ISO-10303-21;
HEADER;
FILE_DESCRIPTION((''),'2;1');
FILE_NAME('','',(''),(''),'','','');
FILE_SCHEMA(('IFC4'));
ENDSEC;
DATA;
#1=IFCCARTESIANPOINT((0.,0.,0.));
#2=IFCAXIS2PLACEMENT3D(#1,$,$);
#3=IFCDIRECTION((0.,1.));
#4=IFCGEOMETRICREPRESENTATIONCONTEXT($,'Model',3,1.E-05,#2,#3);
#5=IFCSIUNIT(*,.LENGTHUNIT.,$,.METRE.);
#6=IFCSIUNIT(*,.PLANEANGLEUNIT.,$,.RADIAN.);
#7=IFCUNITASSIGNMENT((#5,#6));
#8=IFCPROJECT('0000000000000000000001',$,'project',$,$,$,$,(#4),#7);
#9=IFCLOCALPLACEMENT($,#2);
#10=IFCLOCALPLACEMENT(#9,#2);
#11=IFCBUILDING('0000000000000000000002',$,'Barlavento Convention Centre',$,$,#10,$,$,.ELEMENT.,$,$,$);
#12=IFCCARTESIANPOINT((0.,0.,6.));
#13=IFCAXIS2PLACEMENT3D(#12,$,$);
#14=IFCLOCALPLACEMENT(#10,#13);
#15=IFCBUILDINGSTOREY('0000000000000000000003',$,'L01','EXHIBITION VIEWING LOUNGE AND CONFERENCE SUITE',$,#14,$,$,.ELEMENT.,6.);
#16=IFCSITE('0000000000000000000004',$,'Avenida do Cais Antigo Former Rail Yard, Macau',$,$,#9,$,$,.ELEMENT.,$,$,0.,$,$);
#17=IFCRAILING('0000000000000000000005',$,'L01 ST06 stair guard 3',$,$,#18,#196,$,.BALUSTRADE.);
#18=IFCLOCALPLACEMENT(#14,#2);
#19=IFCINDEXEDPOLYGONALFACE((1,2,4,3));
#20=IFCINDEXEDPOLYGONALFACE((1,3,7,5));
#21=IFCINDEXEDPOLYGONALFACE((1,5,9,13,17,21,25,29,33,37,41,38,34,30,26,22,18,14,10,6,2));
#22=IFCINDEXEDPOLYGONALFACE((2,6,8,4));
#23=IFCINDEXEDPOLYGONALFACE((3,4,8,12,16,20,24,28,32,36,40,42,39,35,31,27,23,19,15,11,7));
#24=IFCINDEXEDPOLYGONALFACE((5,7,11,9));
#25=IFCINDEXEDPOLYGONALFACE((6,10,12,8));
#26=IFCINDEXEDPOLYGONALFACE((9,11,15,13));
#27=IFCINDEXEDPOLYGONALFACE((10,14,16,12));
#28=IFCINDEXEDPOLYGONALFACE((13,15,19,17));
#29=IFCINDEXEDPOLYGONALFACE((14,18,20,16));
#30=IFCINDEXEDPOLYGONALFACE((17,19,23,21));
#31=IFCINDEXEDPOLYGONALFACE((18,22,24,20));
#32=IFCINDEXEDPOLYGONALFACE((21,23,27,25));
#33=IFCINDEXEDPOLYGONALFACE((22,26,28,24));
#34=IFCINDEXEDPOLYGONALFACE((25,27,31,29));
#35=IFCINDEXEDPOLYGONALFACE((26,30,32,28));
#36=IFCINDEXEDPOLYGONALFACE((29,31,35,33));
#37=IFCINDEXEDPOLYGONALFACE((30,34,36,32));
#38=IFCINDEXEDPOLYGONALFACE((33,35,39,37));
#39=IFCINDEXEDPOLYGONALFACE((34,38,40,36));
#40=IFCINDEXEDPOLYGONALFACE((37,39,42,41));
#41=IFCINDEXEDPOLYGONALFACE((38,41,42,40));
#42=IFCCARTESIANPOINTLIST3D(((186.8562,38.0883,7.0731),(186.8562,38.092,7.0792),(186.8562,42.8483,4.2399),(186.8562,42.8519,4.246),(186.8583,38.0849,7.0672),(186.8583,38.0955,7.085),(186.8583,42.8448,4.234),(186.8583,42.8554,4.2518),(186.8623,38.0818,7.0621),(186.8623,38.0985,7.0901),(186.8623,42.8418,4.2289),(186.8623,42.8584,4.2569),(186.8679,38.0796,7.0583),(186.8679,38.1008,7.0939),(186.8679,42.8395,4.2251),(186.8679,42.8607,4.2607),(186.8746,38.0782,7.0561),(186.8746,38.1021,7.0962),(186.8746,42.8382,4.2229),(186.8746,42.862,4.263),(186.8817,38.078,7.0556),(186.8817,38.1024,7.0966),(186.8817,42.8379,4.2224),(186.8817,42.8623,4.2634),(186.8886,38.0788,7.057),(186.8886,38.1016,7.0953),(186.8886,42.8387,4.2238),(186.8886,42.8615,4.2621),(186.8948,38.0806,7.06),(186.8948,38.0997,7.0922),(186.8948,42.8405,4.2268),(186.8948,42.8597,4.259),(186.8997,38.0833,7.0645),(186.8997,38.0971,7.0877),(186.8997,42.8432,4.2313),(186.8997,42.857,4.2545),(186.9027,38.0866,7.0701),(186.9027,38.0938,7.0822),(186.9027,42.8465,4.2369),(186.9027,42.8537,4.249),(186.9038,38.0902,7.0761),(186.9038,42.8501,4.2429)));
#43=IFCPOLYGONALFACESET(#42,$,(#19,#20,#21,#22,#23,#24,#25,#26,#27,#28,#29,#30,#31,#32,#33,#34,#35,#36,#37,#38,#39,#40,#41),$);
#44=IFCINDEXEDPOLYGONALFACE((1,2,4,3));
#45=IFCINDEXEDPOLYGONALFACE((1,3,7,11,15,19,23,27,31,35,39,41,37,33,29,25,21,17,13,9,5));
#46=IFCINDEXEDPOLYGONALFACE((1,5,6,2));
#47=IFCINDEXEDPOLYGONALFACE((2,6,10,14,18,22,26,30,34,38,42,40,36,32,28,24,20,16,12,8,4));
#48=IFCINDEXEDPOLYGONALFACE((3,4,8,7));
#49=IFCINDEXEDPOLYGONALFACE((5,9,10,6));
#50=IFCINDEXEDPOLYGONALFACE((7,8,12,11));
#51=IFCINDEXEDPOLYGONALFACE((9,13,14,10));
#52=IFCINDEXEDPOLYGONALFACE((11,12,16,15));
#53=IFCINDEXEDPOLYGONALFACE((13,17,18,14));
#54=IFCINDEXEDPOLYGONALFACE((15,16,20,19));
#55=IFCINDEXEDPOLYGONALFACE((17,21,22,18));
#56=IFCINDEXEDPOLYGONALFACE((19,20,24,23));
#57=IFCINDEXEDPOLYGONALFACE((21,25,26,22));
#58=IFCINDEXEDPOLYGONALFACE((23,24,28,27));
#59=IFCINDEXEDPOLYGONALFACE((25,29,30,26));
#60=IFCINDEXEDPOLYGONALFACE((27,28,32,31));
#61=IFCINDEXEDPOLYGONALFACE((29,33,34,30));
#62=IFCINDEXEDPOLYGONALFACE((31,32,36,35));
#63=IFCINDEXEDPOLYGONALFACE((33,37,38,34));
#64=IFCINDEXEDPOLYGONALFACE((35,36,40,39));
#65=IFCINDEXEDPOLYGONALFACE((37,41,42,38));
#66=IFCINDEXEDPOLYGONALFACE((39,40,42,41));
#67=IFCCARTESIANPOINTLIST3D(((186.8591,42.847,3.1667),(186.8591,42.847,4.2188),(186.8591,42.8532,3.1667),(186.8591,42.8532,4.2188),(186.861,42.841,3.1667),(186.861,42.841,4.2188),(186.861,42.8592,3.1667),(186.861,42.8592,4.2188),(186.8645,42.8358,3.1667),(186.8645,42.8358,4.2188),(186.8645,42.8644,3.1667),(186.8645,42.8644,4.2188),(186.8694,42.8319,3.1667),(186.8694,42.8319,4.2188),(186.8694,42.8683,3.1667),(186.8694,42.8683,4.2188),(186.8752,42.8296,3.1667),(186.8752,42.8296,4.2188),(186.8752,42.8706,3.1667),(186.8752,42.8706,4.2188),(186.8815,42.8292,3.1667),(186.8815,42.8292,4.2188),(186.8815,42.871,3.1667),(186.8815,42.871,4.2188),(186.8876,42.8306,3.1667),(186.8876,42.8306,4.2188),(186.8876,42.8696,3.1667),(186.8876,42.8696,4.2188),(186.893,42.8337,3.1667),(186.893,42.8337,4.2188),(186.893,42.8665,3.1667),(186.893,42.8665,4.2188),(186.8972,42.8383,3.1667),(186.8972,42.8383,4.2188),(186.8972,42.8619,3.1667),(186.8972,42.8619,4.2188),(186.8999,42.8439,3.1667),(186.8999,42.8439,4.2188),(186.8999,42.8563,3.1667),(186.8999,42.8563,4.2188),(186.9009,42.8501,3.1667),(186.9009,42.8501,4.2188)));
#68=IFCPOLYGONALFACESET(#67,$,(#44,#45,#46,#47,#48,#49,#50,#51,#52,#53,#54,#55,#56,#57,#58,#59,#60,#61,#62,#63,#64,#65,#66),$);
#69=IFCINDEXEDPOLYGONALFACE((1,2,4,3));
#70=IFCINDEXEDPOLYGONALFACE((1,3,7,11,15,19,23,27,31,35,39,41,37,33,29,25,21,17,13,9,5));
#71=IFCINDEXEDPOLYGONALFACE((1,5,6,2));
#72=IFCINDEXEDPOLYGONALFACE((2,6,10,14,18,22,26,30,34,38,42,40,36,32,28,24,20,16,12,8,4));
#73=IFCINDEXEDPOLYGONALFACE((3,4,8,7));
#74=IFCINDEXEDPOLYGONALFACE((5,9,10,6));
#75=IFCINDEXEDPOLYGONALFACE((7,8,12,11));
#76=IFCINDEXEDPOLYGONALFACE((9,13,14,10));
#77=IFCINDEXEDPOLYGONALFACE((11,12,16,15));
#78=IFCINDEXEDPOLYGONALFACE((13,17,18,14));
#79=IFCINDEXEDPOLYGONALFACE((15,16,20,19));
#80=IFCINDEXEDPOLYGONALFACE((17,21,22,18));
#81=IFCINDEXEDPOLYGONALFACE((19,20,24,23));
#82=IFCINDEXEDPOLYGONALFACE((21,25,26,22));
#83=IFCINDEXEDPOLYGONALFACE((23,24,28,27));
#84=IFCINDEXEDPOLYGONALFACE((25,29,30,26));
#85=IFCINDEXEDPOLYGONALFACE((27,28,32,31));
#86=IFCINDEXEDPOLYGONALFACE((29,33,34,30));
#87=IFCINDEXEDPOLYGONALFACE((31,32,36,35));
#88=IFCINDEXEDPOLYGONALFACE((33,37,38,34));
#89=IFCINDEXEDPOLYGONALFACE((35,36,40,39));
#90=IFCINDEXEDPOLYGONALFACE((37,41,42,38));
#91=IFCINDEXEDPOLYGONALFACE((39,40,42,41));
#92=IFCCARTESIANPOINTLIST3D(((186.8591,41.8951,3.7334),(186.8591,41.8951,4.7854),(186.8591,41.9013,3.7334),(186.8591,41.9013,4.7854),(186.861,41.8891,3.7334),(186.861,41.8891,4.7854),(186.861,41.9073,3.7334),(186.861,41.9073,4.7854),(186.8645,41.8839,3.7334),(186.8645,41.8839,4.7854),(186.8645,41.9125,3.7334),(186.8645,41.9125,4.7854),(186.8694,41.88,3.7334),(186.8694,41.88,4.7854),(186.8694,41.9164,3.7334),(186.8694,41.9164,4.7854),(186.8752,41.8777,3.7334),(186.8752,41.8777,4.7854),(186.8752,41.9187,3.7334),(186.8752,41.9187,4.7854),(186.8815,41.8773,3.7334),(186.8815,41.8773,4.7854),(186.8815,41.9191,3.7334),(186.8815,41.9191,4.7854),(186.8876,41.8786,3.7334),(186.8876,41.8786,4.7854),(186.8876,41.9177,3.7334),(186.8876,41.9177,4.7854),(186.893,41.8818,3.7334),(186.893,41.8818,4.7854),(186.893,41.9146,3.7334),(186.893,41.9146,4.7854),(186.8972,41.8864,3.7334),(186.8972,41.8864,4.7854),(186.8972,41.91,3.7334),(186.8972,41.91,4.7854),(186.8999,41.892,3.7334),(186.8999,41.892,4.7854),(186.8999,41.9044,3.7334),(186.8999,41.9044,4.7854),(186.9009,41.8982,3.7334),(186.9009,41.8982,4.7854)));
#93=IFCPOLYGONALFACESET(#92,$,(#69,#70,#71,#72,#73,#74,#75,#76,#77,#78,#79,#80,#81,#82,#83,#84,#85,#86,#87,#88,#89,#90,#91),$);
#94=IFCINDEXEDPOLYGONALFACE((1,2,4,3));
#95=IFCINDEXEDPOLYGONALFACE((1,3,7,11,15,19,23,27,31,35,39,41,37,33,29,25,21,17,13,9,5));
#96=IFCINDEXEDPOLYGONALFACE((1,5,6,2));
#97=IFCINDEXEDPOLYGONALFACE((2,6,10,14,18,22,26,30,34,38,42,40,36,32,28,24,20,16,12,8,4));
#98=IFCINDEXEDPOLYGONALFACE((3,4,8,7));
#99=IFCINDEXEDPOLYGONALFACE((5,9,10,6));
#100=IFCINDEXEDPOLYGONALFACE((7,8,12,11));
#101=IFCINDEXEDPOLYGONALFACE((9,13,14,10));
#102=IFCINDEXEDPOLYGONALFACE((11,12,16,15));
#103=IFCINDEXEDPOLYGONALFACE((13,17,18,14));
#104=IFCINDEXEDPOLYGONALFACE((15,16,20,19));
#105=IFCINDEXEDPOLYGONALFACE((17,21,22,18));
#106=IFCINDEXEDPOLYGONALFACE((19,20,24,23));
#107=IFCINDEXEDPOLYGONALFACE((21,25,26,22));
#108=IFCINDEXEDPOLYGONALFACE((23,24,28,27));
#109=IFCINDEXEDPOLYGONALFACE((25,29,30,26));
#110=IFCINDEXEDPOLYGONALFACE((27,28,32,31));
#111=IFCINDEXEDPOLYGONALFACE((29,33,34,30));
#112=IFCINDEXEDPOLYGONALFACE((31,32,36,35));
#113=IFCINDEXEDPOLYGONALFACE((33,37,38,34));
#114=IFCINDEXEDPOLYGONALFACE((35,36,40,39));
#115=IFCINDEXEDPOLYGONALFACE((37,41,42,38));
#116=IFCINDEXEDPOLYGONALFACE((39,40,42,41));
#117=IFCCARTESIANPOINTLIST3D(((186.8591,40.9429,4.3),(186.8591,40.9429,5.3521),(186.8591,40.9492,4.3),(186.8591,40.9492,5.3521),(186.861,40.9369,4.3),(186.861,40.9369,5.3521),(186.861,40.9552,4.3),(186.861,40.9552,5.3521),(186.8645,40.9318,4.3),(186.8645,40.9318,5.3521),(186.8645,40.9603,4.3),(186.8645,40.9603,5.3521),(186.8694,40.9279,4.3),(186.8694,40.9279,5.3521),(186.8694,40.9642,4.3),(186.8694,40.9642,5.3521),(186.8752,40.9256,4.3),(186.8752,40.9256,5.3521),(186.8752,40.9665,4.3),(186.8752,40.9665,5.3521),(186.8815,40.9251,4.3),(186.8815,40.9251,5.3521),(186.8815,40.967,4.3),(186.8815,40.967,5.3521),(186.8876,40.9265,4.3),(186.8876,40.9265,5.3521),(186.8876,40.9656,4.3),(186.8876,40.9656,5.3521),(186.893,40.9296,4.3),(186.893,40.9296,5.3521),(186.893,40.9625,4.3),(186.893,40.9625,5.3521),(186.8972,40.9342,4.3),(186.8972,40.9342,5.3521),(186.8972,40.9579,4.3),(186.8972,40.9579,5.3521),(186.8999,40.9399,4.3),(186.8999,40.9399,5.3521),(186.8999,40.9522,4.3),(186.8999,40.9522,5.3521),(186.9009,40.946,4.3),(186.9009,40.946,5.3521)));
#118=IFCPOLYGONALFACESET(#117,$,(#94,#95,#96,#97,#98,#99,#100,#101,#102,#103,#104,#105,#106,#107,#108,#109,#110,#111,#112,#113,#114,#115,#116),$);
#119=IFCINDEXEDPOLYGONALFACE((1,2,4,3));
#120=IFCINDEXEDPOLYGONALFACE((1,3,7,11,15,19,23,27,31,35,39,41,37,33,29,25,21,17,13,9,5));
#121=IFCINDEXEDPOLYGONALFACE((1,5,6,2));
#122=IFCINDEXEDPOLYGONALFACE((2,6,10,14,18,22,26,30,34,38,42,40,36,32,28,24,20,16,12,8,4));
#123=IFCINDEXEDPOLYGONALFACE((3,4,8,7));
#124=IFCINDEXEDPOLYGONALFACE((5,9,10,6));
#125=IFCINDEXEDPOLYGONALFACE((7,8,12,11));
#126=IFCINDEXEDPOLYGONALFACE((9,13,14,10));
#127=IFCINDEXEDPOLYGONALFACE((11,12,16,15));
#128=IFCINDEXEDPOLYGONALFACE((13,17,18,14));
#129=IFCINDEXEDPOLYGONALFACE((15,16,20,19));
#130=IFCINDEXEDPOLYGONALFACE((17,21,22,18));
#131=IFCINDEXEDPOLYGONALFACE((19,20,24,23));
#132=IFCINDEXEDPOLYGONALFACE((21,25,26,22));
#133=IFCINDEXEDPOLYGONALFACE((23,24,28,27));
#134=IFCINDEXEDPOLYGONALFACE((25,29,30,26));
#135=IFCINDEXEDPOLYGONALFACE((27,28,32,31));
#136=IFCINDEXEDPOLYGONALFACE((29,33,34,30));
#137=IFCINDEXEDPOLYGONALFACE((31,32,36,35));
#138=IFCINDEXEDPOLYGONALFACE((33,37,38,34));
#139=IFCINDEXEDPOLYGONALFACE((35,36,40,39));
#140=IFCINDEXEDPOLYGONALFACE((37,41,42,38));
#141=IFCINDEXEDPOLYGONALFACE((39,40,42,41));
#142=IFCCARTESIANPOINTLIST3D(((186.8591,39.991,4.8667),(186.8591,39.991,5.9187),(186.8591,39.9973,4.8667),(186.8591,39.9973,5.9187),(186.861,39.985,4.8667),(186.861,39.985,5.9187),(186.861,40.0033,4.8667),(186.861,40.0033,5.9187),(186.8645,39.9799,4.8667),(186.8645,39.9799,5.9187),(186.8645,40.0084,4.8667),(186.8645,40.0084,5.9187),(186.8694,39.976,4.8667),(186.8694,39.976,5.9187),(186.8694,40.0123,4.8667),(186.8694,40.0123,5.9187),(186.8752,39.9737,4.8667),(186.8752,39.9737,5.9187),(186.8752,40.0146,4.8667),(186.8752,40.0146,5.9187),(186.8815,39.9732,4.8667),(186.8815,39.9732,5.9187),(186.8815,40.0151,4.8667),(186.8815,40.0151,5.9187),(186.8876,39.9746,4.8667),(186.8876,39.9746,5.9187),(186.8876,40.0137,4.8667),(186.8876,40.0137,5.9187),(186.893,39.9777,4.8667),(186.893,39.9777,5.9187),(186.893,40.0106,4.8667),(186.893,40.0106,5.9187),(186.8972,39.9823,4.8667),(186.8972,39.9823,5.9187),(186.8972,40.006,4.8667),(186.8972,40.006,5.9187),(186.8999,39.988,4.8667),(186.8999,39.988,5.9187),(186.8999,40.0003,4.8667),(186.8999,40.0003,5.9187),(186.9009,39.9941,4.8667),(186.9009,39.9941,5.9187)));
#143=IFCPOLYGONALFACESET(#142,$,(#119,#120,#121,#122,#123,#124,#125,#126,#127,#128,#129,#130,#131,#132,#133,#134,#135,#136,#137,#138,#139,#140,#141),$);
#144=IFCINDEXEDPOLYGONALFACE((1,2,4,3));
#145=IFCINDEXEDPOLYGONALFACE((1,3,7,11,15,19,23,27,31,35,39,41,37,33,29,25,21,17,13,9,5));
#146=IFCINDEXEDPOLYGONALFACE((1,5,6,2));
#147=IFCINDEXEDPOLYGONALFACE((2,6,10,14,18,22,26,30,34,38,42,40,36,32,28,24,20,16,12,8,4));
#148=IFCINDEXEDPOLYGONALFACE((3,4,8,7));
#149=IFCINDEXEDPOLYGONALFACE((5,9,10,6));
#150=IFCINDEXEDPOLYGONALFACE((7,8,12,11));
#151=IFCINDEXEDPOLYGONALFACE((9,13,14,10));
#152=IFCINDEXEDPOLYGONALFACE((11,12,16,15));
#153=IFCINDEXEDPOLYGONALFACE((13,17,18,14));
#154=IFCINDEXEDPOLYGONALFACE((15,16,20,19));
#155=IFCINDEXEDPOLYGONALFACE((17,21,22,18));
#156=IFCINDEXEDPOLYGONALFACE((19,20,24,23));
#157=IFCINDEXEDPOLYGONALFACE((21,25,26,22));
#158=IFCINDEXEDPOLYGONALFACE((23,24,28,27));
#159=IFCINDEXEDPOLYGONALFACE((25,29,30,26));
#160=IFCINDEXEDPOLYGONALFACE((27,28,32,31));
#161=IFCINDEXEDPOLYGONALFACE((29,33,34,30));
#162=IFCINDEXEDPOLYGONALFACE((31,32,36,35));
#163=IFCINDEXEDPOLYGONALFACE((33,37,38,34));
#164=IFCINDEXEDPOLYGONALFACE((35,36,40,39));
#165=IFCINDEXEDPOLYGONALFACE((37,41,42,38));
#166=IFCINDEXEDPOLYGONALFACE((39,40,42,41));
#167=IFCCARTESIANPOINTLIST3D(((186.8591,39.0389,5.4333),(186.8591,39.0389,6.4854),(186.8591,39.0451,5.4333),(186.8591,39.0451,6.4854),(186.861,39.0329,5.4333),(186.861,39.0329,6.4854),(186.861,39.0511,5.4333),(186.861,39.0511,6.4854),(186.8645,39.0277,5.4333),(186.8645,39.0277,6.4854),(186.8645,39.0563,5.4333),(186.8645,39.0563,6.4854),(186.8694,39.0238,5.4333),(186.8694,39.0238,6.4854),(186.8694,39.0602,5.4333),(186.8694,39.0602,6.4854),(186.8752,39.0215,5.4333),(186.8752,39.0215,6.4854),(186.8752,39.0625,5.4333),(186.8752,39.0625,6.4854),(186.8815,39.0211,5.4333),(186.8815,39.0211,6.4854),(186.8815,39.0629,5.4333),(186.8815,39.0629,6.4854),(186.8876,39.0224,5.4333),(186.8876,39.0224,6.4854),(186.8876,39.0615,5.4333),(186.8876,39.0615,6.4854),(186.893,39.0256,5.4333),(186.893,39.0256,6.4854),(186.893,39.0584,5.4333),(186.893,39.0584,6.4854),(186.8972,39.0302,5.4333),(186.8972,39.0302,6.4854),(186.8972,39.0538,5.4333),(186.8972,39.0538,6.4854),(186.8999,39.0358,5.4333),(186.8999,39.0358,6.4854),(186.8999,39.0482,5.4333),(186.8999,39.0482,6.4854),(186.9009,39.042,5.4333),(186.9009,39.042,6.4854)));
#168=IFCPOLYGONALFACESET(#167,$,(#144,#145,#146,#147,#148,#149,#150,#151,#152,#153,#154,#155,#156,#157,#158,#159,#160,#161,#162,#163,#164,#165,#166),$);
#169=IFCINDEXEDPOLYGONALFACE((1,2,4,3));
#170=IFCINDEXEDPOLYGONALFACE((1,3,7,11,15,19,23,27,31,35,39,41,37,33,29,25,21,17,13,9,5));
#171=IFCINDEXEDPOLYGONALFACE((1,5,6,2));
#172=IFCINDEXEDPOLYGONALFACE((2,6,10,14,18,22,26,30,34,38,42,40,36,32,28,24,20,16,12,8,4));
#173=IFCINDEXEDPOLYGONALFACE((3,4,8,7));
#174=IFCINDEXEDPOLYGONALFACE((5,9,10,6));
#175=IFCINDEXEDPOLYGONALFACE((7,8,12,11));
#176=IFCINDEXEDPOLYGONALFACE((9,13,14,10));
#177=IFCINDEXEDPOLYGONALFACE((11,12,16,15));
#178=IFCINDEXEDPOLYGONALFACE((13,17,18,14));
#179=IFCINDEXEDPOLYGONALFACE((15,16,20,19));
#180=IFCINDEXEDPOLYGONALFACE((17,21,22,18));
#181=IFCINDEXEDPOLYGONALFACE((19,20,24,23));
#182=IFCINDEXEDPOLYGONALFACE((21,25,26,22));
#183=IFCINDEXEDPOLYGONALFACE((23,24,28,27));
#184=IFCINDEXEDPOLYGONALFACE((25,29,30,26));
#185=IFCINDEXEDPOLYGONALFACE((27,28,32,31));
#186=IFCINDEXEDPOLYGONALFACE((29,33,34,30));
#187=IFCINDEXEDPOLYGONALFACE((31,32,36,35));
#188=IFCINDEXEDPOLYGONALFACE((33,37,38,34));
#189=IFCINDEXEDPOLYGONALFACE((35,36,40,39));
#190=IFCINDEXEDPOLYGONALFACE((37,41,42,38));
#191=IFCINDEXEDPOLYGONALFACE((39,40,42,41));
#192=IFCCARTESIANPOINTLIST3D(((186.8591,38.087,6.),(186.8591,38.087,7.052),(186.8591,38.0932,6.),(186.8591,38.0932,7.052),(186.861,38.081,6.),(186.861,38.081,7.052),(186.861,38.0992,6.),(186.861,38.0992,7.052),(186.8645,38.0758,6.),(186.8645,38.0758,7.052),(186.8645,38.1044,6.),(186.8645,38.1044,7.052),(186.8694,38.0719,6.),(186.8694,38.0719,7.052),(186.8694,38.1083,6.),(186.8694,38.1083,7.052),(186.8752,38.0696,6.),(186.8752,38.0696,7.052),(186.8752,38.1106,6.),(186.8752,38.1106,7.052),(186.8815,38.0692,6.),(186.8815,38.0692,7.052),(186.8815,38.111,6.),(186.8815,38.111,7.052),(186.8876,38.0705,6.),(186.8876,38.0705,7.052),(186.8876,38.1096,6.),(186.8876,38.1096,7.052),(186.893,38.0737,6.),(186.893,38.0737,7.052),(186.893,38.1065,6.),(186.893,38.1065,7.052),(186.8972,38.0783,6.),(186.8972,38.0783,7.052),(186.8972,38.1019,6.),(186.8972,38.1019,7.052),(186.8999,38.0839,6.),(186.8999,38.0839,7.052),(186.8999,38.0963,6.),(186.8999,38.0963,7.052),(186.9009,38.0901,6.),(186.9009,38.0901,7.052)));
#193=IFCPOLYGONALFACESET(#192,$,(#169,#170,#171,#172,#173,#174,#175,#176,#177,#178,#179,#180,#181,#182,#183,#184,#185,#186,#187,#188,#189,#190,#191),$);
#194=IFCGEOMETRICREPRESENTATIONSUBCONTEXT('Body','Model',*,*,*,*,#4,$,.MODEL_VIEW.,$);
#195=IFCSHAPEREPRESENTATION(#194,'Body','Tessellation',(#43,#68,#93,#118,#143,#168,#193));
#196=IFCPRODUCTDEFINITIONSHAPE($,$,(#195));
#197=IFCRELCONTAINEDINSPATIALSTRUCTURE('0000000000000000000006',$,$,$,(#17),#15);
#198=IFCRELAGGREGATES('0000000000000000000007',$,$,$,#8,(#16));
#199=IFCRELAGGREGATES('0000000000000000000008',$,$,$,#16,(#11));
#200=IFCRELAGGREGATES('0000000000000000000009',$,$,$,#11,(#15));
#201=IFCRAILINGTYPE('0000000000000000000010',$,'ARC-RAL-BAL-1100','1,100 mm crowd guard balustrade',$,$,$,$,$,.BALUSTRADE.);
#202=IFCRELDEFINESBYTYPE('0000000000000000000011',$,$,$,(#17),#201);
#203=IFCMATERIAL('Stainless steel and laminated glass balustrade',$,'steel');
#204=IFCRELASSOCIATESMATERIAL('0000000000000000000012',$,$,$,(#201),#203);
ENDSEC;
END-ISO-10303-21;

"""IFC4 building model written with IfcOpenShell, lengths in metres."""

from ifc_helpers import new_model, si_unit, direction, frame, origin, origin_2d, place, context, subcontext, project, spatial, circle, extrude, material, type_object, element, save


model = new_model("IFC4")

# Units and contexts
model_context = context("Model", 3, precision=1e-05, world=origin(), true_north=direction((0.0, 1.0)))
body_context = subcontext(model_context, "Body", "Model", "MODEL_VIEW")
ifc_project = project(units=[si_unit("LENGTHUNIT", "METRE"), si_unit("PLANEANGLEUNIT", "RADIAN")], contexts=[model_context])

# Site, building, storey
site_placement = place(None, origin())
site = spatial("IfcSite", under=ifc_project, at=site_placement, Name="Avenida do Cais Antigo Former Rail Yard, Macau", CompositionType="ELEMENT", RefElevation=0.0)
building_placement = place(site_placement, origin())
building = spatial("IfcBuilding", under=site, at=building_placement, Name="Barlavento Convention Centre", CompositionType="ELEMENT")
storey_placement = place(building_placement, frame((0.0, 0.0, 6.0)))
storey = spatial("IfcBuildingStorey", under=building, at=storey_placement, Name="L01", Description="EXHIBITION VIEWING LOUNGE AND CONFERENCE SUITE", CompositionType="ELEMENT", Elevation=6.0)

# Railing
ifc_material_1 = material(Name="Stainless steel and laminated glass balustrade", Category="steel")
railing_type_1 = type_object("IfcRailingType", Name="ARC-RAL-BAL-1100", Description="1,100 mm crowd guard balustrade", PredefinedType="BALUSTRADE", material=ifc_material_1)
railing_1_placement = place(storey_placement, frame((186.8799, 42.8501, 3.1667)))
element("IfcRailing", 1, at=railing_1_placement, inside=storey, type_object=railing_type_1, Name="L01 ST06 stair guard 3", PredefinedType="BALUSTRADE", context=body_context, shape_type="SweptSolid", body=[
    extrude(circle(Radius=0.0239, at=origin_2d()), frame((0.0, 0.0, 1.0762), z_axis=(0.0, -0.8593, 0.511472), x_axis=(1.0, 0.0, 0.0)), (0.0, 0.0, 1.0), 5.5393),
    extrude(circle(Radius=0.021, at=origin_2d()), origin(), (0.0, 0.0, 1.0), 1.052),
    extrude(circle(Radius=0.021, at=origin_2d()), frame((0.0, -0.9519, 0.5667)), (0.0, 0.0, 1.0), 1.052),
    extrude(circle(Radius=0.021, at=origin_2d()), frame((0.0, -1.9041, 1.1333)), (0.0, 0.0, 1.0), 1.052),
    extrude(circle(Radius=0.021, at=origin_2d()), frame((0.0, -2.856, 1.7)), (0.0, 0.0, 1.0), 1.052),
    extrude(circle(Radius=0.021, at=origin_2d()), frame((0.0, -3.8081, 2.2666)), (0.0, 0.0, 1.0), 1.052),
    extrude(circle(Radius=0.021, at=origin_2d()), frame((0.0, -4.76, 2.8333)), (0.0, 0.0, 1.0), 1.052),
])

save(model, "model.ifc")
